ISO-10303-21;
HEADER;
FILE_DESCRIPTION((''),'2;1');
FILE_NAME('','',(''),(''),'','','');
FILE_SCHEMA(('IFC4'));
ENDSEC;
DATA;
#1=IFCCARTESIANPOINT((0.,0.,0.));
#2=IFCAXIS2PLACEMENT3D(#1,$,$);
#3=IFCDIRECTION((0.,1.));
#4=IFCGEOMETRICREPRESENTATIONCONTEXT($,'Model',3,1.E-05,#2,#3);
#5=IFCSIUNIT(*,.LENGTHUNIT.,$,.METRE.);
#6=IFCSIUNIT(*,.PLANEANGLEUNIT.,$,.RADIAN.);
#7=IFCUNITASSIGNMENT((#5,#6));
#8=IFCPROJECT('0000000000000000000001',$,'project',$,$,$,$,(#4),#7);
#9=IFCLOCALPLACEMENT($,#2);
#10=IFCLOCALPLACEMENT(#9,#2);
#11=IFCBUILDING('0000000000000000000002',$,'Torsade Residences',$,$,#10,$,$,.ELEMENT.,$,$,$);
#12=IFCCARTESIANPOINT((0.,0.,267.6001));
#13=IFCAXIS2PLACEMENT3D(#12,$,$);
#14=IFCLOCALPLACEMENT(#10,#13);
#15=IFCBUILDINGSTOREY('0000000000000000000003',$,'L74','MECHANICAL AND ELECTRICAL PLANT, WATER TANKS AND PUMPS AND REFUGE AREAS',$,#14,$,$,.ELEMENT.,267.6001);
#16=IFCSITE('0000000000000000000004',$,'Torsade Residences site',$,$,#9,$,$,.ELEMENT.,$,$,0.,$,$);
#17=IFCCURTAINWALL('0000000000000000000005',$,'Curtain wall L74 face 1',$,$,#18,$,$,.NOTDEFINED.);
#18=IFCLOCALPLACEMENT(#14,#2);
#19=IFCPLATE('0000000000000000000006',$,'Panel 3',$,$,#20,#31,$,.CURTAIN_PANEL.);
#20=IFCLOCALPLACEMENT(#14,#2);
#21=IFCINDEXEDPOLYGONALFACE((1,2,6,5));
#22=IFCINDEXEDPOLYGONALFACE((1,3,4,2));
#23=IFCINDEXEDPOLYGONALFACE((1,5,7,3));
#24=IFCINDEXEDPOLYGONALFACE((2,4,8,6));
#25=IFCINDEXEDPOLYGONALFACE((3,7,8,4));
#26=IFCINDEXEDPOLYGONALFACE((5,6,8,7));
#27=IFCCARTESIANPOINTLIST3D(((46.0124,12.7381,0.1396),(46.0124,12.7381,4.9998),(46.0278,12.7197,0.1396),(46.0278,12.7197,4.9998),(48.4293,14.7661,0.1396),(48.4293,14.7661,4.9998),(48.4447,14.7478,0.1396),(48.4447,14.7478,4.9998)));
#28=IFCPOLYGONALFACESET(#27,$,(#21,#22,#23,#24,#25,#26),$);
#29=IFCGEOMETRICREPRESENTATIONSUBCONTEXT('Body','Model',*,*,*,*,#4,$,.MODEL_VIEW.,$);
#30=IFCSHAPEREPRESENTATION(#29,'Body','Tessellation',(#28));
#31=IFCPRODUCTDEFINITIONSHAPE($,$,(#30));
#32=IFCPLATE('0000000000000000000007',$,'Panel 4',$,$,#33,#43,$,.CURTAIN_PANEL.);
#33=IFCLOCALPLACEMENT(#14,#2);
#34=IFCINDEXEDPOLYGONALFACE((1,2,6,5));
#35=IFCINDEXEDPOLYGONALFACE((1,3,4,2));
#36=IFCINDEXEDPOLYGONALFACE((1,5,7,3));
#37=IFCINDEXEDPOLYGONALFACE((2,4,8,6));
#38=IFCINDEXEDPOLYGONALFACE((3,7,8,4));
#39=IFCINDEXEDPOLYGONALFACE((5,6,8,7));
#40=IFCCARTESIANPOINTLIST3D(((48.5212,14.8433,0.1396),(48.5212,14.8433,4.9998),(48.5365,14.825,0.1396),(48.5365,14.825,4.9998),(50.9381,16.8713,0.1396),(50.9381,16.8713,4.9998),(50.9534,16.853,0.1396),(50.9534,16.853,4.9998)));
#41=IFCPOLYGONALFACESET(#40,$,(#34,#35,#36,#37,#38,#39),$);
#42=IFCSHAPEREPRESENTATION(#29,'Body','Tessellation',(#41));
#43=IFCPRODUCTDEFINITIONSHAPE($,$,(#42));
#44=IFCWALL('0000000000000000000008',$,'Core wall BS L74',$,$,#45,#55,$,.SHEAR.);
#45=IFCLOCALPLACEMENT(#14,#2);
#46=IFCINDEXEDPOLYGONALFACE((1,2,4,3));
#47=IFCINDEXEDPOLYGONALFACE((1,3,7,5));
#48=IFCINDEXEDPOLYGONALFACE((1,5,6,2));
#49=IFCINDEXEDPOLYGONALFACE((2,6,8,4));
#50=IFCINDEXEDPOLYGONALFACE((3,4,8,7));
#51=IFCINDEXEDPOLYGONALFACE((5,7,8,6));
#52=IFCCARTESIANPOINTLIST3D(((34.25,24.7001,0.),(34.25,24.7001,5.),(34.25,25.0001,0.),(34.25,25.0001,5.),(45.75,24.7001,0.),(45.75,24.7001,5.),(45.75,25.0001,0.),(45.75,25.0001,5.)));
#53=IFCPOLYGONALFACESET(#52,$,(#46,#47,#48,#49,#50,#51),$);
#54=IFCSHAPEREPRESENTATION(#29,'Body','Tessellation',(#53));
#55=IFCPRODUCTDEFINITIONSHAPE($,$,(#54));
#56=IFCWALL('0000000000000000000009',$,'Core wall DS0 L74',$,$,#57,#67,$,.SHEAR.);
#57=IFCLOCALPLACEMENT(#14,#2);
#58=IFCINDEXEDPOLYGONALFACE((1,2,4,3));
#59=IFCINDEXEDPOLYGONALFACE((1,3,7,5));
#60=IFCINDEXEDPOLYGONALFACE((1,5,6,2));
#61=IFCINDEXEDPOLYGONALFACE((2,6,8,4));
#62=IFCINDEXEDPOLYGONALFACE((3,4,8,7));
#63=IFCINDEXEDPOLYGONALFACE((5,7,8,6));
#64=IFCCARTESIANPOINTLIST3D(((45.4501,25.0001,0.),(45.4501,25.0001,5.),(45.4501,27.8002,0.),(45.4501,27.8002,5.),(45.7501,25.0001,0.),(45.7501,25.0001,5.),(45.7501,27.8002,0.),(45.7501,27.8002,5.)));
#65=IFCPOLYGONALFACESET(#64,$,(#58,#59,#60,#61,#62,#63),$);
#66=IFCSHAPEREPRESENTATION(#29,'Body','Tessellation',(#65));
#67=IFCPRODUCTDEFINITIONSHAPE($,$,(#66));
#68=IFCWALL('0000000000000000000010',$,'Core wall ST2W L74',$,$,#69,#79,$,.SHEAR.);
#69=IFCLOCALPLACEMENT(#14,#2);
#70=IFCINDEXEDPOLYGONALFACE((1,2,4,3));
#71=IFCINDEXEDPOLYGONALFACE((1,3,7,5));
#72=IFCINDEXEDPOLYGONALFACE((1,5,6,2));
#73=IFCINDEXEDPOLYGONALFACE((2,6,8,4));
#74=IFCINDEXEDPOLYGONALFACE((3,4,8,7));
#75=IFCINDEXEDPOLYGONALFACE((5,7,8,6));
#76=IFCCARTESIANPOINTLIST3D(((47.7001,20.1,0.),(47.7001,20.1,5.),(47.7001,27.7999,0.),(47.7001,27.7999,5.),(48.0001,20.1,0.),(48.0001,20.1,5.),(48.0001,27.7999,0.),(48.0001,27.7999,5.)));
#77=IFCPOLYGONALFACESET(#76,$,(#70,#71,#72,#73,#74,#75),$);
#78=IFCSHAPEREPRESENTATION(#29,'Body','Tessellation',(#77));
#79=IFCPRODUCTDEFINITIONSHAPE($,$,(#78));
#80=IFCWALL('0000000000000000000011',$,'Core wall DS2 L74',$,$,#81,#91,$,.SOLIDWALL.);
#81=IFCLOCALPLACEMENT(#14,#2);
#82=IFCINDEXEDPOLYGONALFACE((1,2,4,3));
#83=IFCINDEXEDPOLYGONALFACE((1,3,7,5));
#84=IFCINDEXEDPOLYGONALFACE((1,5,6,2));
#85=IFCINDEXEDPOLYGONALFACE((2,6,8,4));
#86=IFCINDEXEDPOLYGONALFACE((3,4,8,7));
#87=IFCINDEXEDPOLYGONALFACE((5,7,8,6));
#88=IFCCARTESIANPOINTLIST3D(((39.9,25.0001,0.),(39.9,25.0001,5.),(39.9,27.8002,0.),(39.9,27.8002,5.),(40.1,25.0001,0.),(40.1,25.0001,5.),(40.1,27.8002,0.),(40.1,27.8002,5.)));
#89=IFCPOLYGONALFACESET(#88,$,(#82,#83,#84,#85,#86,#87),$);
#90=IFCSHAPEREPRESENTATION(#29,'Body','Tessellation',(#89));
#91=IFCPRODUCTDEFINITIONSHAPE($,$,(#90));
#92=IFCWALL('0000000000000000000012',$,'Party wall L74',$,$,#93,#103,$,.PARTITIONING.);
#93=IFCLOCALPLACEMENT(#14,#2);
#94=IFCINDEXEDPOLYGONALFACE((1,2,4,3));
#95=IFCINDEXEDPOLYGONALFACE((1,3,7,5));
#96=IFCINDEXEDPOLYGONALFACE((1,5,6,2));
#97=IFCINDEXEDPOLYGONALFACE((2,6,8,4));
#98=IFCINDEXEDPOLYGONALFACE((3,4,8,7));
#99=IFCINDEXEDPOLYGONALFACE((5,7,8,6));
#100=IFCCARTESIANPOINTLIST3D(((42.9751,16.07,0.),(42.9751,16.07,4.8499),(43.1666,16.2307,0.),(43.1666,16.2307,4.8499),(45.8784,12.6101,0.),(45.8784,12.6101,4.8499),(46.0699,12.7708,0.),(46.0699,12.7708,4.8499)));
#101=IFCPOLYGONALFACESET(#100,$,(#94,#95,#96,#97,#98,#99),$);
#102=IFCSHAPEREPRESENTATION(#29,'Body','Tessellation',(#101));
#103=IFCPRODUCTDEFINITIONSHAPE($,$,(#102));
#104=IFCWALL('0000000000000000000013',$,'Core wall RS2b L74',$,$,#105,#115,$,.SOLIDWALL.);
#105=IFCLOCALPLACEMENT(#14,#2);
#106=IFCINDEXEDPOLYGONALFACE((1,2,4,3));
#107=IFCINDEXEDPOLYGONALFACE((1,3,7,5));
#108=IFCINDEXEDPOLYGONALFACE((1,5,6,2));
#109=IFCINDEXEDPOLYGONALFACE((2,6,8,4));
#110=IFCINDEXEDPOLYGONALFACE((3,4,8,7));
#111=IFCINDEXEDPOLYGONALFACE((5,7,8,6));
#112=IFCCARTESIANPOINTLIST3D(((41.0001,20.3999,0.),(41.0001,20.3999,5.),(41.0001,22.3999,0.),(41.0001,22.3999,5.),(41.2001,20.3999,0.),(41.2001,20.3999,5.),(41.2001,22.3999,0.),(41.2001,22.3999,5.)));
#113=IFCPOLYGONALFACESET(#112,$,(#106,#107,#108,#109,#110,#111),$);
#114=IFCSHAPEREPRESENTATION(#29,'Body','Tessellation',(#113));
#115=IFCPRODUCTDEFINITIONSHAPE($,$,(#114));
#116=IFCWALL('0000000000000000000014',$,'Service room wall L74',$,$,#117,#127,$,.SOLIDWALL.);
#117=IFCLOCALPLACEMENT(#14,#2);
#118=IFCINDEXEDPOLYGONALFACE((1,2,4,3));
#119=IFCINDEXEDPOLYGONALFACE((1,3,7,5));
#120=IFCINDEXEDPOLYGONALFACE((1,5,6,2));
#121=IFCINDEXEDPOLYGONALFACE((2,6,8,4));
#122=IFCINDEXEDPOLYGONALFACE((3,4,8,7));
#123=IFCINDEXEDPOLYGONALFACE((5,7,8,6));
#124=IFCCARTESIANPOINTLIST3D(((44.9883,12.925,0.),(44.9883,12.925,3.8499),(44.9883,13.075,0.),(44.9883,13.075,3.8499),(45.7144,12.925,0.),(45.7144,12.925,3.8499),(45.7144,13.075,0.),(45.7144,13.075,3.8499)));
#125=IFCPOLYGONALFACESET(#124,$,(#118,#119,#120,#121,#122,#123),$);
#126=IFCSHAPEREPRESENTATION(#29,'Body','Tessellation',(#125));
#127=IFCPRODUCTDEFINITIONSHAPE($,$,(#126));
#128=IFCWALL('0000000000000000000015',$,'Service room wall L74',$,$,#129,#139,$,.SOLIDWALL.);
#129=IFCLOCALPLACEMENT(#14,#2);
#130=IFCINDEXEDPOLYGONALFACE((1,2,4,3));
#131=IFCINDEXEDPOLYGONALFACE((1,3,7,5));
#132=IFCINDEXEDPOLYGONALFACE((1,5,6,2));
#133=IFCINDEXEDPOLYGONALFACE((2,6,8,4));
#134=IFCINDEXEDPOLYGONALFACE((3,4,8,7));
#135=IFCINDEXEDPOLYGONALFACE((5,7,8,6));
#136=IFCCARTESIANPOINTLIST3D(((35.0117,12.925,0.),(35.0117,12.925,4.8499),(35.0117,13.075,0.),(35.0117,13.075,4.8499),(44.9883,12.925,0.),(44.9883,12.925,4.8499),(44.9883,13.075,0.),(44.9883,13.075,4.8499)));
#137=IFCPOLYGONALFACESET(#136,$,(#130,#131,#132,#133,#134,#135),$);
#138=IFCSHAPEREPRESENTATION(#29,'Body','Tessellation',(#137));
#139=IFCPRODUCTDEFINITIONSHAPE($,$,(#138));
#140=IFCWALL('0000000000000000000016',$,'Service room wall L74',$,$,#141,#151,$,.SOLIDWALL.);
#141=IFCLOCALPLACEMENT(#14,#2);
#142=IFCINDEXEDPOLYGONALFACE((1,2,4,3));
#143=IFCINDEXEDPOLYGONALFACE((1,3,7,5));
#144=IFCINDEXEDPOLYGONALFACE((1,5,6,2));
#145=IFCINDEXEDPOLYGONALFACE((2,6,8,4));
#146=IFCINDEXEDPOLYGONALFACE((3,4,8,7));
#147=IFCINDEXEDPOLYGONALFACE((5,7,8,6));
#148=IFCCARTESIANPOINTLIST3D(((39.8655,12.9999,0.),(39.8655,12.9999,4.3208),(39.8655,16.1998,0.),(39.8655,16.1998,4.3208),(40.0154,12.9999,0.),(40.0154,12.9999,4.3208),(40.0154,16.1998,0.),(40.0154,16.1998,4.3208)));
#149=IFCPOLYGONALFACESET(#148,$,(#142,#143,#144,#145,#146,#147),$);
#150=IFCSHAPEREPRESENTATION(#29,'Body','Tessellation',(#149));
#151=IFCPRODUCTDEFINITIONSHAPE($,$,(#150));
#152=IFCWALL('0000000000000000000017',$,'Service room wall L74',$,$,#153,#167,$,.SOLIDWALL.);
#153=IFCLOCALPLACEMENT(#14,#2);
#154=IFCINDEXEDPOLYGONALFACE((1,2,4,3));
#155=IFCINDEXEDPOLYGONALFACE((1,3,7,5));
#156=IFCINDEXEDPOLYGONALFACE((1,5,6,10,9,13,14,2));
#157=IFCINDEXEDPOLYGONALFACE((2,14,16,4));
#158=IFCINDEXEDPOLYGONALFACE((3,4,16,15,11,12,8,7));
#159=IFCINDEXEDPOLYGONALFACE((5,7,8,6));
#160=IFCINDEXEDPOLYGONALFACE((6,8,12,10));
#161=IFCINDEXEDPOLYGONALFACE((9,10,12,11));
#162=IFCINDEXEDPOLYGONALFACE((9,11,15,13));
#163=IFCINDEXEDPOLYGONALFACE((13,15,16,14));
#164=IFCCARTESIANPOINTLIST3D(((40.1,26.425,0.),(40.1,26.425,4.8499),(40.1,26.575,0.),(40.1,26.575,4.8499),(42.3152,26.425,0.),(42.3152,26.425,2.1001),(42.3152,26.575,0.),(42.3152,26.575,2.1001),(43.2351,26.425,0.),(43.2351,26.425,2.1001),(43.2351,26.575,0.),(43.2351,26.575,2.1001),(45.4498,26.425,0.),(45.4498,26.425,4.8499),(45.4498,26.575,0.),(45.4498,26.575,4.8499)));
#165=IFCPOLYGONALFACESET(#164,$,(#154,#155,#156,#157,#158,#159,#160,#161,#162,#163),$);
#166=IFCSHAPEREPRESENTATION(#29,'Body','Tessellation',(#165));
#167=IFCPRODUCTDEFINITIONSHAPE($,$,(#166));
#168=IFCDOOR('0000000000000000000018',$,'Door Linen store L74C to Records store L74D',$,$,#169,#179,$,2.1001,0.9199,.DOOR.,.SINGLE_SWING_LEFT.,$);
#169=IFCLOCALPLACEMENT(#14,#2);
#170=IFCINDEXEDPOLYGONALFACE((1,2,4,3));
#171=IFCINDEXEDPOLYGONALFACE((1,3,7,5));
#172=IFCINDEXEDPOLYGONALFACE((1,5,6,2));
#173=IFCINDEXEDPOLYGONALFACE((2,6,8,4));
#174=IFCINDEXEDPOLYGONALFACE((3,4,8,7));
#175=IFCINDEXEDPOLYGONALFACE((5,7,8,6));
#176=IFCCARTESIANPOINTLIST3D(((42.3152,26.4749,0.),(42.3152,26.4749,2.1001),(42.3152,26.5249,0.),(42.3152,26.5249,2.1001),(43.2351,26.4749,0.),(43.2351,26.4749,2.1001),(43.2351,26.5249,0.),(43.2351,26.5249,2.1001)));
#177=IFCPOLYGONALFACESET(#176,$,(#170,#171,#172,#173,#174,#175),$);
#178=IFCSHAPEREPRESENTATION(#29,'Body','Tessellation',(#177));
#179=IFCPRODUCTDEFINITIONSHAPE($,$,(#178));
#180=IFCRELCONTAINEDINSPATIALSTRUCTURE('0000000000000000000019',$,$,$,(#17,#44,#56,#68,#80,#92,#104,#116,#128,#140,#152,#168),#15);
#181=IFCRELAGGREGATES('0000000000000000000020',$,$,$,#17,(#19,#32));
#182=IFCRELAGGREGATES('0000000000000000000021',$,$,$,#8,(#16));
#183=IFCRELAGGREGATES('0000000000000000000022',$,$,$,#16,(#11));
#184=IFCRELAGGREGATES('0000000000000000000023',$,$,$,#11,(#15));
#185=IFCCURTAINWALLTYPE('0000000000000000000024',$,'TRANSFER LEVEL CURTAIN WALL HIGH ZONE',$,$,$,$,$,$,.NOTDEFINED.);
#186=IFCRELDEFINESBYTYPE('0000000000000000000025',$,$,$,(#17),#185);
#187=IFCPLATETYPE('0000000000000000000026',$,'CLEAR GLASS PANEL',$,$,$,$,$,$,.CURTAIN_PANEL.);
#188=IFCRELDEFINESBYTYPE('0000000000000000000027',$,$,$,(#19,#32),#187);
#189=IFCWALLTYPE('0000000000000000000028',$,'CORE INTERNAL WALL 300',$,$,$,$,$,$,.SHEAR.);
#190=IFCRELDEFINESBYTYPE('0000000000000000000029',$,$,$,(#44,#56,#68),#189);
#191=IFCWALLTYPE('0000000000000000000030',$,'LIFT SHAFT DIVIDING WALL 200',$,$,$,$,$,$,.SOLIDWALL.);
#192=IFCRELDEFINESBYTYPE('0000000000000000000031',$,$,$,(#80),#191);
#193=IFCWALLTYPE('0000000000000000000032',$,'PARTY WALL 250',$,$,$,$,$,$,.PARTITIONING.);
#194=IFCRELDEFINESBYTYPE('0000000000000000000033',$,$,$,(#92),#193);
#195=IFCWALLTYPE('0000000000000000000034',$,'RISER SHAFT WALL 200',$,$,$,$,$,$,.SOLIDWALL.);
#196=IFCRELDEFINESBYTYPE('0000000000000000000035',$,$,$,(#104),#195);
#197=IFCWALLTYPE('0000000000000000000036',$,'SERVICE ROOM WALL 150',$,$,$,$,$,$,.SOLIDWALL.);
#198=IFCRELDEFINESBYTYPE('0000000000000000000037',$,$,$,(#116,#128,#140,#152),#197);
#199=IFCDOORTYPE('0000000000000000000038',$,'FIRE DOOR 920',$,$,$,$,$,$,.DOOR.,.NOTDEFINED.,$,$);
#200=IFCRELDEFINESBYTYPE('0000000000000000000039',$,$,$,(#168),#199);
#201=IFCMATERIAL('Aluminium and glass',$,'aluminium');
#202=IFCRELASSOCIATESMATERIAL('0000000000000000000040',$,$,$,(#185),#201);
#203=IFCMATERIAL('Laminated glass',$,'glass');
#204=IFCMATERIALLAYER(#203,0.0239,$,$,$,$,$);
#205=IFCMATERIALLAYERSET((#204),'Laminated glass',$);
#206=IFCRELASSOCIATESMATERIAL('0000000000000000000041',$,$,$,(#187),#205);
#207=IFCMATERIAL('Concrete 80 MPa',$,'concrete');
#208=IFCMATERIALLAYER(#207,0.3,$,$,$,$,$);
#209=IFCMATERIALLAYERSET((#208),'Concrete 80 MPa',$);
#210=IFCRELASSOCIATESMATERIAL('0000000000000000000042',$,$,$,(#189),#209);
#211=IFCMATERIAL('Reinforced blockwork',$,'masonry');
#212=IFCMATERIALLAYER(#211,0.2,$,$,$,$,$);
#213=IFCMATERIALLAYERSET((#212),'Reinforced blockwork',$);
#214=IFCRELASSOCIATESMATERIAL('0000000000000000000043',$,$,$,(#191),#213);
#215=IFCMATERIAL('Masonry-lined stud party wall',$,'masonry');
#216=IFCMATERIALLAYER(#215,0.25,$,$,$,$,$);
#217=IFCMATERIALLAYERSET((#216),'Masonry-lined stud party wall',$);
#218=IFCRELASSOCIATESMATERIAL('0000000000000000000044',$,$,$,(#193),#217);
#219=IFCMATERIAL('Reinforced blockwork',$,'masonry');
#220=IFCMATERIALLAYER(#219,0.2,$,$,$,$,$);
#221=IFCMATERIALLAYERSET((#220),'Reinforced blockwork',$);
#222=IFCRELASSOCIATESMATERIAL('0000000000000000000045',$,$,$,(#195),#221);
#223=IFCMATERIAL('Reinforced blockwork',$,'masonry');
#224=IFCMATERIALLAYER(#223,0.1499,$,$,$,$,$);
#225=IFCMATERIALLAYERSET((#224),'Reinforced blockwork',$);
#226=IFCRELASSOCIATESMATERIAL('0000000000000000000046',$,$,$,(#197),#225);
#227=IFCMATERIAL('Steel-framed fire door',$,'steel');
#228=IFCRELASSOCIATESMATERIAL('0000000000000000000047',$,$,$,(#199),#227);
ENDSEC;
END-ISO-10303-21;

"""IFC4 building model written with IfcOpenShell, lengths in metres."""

from ifc_helpers import new_model, si_unit, direction, frame, frame_2d, origin, origin_2d, place, context, subcontext, project, spatial, rectangle, extrude, material, layer, layer_set, type_object, element, fill, aggregate, save


model = new_model("IFC4")

# Units and contexts
model_context = context("Model", 3, precision=1e-05, world=origin(), true_north=direction((0.0, 1.0)))
body_context = subcontext(model_context, "Body", "Model", "MODEL_VIEW")
ifc_project = project(units=[si_unit("LENGTHUNIT", "METRE"), si_unit("PLANEANGLEUNIT", "RADIAN")], contexts=[model_context])

# Site, building, storey
site_placement = place(None, origin())
site = spatial("IfcSite", under=ifc_project, at=site_placement, Name="Torsade Residences site", CompositionType="ELEMENT", RefElevation=0.0)
building_placement = place(site_placement, origin())
building = spatial("IfcBuilding", under=site, at=building_placement, Name="Torsade Residences", CompositionType="ELEMENT")
storey_placement = place(building_placement, frame((0.0, 0.0, 267.6001)))
storey = spatial("IfcBuildingStorey", under=building, at=storey_placement, Name="L74", Description="MECHANICAL AND ELECTRICAL PLANT, WATER TANKS AND PUMPS AND REFUGE AREAS", CompositionType="ELEMENT", Elevation=267.6001)

# Curtain wall
ifc_material_1 = material(Name="Aluminium and glass", Category="aluminium")
curtain_wall_type = type_object("IfcCurtainWallType", Name="TRANSFER LEVEL CURTAIN WALL HIGH ZONE", PredefinedType="NOTDEFINED", material=ifc_material_1)
curtain_wall_placement = place(storey_placement, origin())
curtain_wall = element("IfcCurtainWall", 1, at=curtain_wall_placement, inside=storey, type_object=curtain_wall_type, Name="Curtain wall L74 face 1", PredefinedType="NOTDEFINED")

# Plates
ifc_material_2 = material(Name="Laminated glass", Category="glass")
ifc_layer_1 = layer(ifc_material_2, 0.0239)
ifc_layer_set_1 = layer_set([ifc_layer_1], Name="Laminated glass")
plate_type = type_object("IfcPlateType", Name="CLEAR GLASS PANEL", PredefinedType="CURTAIN_PANEL", material=ifc_layer_set_1)
plate_1_placement = place(storey_placement, frame((47.2285, 13.7429, 0.1396), z_axis=(0.0, 0.0, 1.0), x_axis=(0.766044, 0.642788, 0.0)))
plate_1 = element("IfcPlate", 2, at=plate_1_placement, type_object=plate_type, Name="Panel 3", PredefinedType="CURTAIN_PANEL", context=body_context, shape_type="SweptSolid", body=[
    extrude(rectangle(XDim=3.155, YDim=0.0239, at=origin_2d()), origin(), (0.0, 0.0, 1.0), 4.8601),
])
plate_2_placement = place(storey_placement, frame((49.7373, 15.8481, 0.1396), z_axis=(0.0, 0.0, 1.0), x_axis=(0.766044, 0.642788, 0.0)))
plate_2 = element("IfcPlate", 3, at=plate_2_placement, type_object=plate_type, Name="Panel 4", PredefinedType="CURTAIN_PANEL", context=body_context, shape_type="SweptSolid", body=[
    extrude(rectangle(XDim=3.155, YDim=0.0239, at=origin_2d()), origin(), (0.0, 0.0, 1.0), 4.8601),
])
aggregate(curtain_wall, [plate_1, plate_2])

# Walls
ifc_material_3 = material(Name="Concrete 80 MPa", Category="concrete")
ifc_layer_2 = layer(ifc_material_3, 0.3)
ifc_layer_set_2 = layer_set([ifc_layer_2], Name="Concrete 80 MPa")
wall_type_1 = type_object("IfcWallType", Name="CORE INTERNAL WALL 300", PredefinedType="SHEAR", material=ifc_layer_set_2)
wall_1_placement = place(storey_placement, frame((45.75, 24.8501, 0.0), z_axis=(0.0, 0.0, 1.0), x_axis=(-1.0, 0.0, 0.0)))
element("IfcWall", 4, at=wall_1_placement, inside=storey, type_object=wall_type_1, Name="Core wall BS L74", PredefinedType="SHEAR", context=body_context, shape_type="SweptSolid", body=[
    extrude(rectangle(XDim=11.5, YDim=0.3, at=frame_2d((5.75, 0.0))), origin(), (0.0, 0.0, 1.0), 5.0),
])
wall_2_placement = place(storey_placement, frame((45.6001, 27.8, 0.0), z_axis=(0.0, 0.0, 1.0), x_axis=(0.0, -1.0, 0.0)))
element("IfcWall", 5, at=wall_2_placement, inside=storey, type_object=wall_type_1, Name="Core wall DS0 L74", PredefinedType="SHEAR", context=body_context, shape_type="SweptSolid", body=[
    extrude(rectangle(XDim=2.8, YDim=0.3, at=frame_2d((1.3999, 0.0))), origin(), (0.0, 0.0, 1.0), 5.0),
])
wall_3_placement = place(storey_placement, frame((47.8501, 27.8, 0.0), z_axis=(0.0, 0.0, 1.0), x_axis=(0.0, -1.0, 0.0)))
element("IfcWall", 6, at=wall_3_placement, inside=storey, type_object=wall_type_1, Name="Core wall ST2W L74", PredefinedType="SHEAR", context=body_context, shape_type="SweptSolid", body=[
    extrude(rectangle(XDim=7.7, YDim=0.3, at=frame_2d((3.8501, 0.0))), origin(), (0.0, 0.0, 1.0), 5.0),
])
ifc_material_4 = material(Name="Reinforced blockwork", Category="masonry")
ifc_layer_3 = layer(ifc_material_4, 0.2)
ifc_layer_set_3 = layer_set([ifc_layer_3], Name="Reinforced blockwork")
wall_type_2 = type_object("IfcWallType", Name="LIFT SHAFT DIVIDING WALL 200", PredefinedType="SOLIDWALL", material=ifc_layer_set_3)
wall_4_placement = place(storey_placement, frame((40.0, 27.8, 0.0), z_axis=(0.0, 0.0, 1.0), x_axis=(0.0, -1.0, 0.0)))
element("IfcWall", 7, at=wall_4_placement, inside=storey, type_object=wall_type_2, Name="Core wall DS2 L74", PredefinedType="SOLIDWALL", context=body_context, shape_type="SweptSolid", body=[
    extrude(rectangle(XDim=2.8, YDim=0.2, at=frame_2d((1.3999, 0.0))), origin(), (0.0, 0.0, 1.0), 5.0),
])
ifc_material_5 = material(Name="Masonry-lined stud party wall", Category="masonry")
ifc_layer_4 = layer(ifc_material_5, 0.25)
ifc_layer_set_4 = layer_set([ifc_layer_4], Name="Masonry-lined stud party wall")
wall_type_3 = type_object("IfcWallType", Name="PARTY WALL 250", PredefinedType="PARTITIONING", material=ifc_layer_set_4)
wall_5_placement = place(storey_placement, frame((45.9741, 12.6904, 0.0), z_axis=(0.0, 0.0, 1.0), x_axis=(-0.642796, 0.766037, 0.0)))
element("IfcWall", 8, at=wall_5_placement, inside=storey, type_object=wall_type_3, Name="Party wall L74", PredefinedType="PARTITIONING", context=body_context, shape_type="SweptSolid", body=[
    extrude(rectangle(XDim=4.5166, YDim=0.25, at=frame_2d((2.2583, 0.0))), origin(), (0.0, 0.0, 1.0), 4.8499),
])
ifc_material_6 = material(Name="Reinforced blockwork", Category="masonry")
ifc_layer_5 = layer(ifc_material_6, 0.2)
ifc_layer_set_5 = layer_set([ifc_layer_5], Name="Reinforced blockwork")
wall_type_4 = type_object("IfcWallType", Name="RISER SHAFT WALL 200", PredefinedType="SOLIDWALL", material=ifc_layer_set_5)
wall_6_placement = place(storey_placement, frame((41.1001, 22.3999, 0.0), z_axis=(0.0, 0.0, 1.0), x_axis=(0.0, -1.0, 0.0)))
element("IfcWall", 9, at=wall_6_placement, inside=storey, type_object=wall_type_4, Name="Core wall RS2b L74", PredefinedType="SOLIDWALL", context=body_context, shape_type="SweptSolid", body=[
    extrude(rectangle(XDim=2.0, YDim=0.2, at=frame_2d((1.0, 0.0))), origin(), (0.0, 0.0, 1.0), 5.0),
])
ifc_material_7 = material(Name="Reinforced blockwork", Category="masonry")
ifc_layer_6 = layer(ifc_material_7, 0.1499)
ifc_layer_set_6 = layer_set([ifc_layer_6], Name="Reinforced blockwork")
wall_type_5 = type_object("IfcWallType", Name="SERVICE ROOM WALL 150", PredefinedType="SOLIDWALL", material=ifc_layer_set_6)
wall_7_placement = place(storey_placement, frame((45.7144, 13.0, 0.0), z_axis=(0.0, 0.0, 1.0), x_axis=(-1.0, 0.0, 0.0)))
element("IfcWall", 10, at=wall_7_placement, inside=storey, type_object=wall_type_5, Name="Service room wall L74", PredefinedType="SOLIDWALL", context=body_context, shape_type="SweptSolid", body=[
    extrude(rectangle(XDim=0.7261, YDim=0.1499, at=frame_2d((0.363, 0.0))), origin(), (0.0, 0.0, 1.0), 3.8499),
])
wall_8_placement = place(storey_placement, frame((44.9883, 13.0, 0.0), z_axis=(0.0, 0.0, 1.0), x_axis=(-1.0, 0.0, 0.0)))
element("IfcWall", 11, at=wall_8_placement, inside=storey, type_object=wall_type_5, Name="Service room wall L74", PredefinedType="SOLIDWALL", context=body_context, shape_type="SweptSolid", body=[
    extrude(rectangle(XDim=9.9766, YDim=0.1499, at=frame_2d((4.9883, 0.0))), origin(), (0.0, 0.0, 1.0), 4.8499),
])
wall_9_placement = place(storey_placement, frame((39.9404, 16.2, 0.0), z_axis=(0.0, 0.0, 1.0), x_axis=(0.0, -1.0, 0.0)))
element("IfcWall", 12, at=wall_9_placement, inside=storey, type_object=wall_type_5, Name="Service room wall L74", PredefinedType="SOLIDWALL", context=body_context, shape_type="SweptSolid", body=[
    extrude(rectangle(XDim=3.2, YDim=0.1499, at=frame_2d((1.6001, 0.0))), origin(), (0.0, 0.0, 1.0), 4.3208),
])

# Wall, opening, door
wall_10_placement = place(storey_placement, frame((40.1001, 26.5, 0.0), z_axis=(0.0, 0.0, 1.0), x_axis=(1.0, 0.0, 0.0)))
wall_10 = element("IfcWall", 13, at=wall_10_placement, inside=storey, type_object=wall_type_5, Name="Service room wall L74", PredefinedType="SOLIDWALL", context=body_context, shape_type="SweptSolid", body=[
    extrude(rectangle(XDim=5.3499, YDim=0.1499, at=frame_2d((2.6748, 0.0))), origin(), (0.0, 0.0, 1.0), 4.8499),
])
opening_placement = place(wall_10_placement, frame((2.2151, 0.0, 0.0)))
opening = element("IfcOpeningElement", 14, at=opening_placement, cuts=wall_10, PredefinedType="OPENING", context=body_context, shape_type="SweptSolid", body=[
    extrude(rectangle(XDim=0.9199, YDim=2.1001, at=frame_2d((0.46, 1.05))), frame((0.0, 0.085, 0.0), z_axis=(0.0, -1.0, 0.0), x_axis=(1.0, 0.0, 0.0)), (0.0, 0.0, 1.0), 0.1699),
])
ifc_material_8 = material(Name="Steel-framed fire door", Category="steel")
door_type = type_object("IfcDoorType", Name="FIRE DOOR 920", OperationType="NOTDEFINED", PredefinedType="DOOR", material=ifc_material_8)
door_placement = place(opening_placement, origin())
door = element("IfcDoor", 15, at=door_placement, inside=storey, type_object=door_type, Name="Door Linen store L74C to Records store L74D", OperationType="SINGLE_SWING_LEFT", OverallHeight=2.1001, OverallWidth=0.9199, PredefinedType="DOOR", context=body_context, shape_type="SweptSolid", body=[
    extrude(rectangle(XDim=0.9199, YDim=2.1001, at=frame_2d((0.46, 1.05))), frame((0.0, 0.0249, 0.0), z_axis=(0.0, -1.0, 0.0), x_axis=(1.0, 0.0, 0.0)), (0.0, 0.0, 1.0), 0.05),
])
fill(opening, door)

save(model, "model.ifc")
